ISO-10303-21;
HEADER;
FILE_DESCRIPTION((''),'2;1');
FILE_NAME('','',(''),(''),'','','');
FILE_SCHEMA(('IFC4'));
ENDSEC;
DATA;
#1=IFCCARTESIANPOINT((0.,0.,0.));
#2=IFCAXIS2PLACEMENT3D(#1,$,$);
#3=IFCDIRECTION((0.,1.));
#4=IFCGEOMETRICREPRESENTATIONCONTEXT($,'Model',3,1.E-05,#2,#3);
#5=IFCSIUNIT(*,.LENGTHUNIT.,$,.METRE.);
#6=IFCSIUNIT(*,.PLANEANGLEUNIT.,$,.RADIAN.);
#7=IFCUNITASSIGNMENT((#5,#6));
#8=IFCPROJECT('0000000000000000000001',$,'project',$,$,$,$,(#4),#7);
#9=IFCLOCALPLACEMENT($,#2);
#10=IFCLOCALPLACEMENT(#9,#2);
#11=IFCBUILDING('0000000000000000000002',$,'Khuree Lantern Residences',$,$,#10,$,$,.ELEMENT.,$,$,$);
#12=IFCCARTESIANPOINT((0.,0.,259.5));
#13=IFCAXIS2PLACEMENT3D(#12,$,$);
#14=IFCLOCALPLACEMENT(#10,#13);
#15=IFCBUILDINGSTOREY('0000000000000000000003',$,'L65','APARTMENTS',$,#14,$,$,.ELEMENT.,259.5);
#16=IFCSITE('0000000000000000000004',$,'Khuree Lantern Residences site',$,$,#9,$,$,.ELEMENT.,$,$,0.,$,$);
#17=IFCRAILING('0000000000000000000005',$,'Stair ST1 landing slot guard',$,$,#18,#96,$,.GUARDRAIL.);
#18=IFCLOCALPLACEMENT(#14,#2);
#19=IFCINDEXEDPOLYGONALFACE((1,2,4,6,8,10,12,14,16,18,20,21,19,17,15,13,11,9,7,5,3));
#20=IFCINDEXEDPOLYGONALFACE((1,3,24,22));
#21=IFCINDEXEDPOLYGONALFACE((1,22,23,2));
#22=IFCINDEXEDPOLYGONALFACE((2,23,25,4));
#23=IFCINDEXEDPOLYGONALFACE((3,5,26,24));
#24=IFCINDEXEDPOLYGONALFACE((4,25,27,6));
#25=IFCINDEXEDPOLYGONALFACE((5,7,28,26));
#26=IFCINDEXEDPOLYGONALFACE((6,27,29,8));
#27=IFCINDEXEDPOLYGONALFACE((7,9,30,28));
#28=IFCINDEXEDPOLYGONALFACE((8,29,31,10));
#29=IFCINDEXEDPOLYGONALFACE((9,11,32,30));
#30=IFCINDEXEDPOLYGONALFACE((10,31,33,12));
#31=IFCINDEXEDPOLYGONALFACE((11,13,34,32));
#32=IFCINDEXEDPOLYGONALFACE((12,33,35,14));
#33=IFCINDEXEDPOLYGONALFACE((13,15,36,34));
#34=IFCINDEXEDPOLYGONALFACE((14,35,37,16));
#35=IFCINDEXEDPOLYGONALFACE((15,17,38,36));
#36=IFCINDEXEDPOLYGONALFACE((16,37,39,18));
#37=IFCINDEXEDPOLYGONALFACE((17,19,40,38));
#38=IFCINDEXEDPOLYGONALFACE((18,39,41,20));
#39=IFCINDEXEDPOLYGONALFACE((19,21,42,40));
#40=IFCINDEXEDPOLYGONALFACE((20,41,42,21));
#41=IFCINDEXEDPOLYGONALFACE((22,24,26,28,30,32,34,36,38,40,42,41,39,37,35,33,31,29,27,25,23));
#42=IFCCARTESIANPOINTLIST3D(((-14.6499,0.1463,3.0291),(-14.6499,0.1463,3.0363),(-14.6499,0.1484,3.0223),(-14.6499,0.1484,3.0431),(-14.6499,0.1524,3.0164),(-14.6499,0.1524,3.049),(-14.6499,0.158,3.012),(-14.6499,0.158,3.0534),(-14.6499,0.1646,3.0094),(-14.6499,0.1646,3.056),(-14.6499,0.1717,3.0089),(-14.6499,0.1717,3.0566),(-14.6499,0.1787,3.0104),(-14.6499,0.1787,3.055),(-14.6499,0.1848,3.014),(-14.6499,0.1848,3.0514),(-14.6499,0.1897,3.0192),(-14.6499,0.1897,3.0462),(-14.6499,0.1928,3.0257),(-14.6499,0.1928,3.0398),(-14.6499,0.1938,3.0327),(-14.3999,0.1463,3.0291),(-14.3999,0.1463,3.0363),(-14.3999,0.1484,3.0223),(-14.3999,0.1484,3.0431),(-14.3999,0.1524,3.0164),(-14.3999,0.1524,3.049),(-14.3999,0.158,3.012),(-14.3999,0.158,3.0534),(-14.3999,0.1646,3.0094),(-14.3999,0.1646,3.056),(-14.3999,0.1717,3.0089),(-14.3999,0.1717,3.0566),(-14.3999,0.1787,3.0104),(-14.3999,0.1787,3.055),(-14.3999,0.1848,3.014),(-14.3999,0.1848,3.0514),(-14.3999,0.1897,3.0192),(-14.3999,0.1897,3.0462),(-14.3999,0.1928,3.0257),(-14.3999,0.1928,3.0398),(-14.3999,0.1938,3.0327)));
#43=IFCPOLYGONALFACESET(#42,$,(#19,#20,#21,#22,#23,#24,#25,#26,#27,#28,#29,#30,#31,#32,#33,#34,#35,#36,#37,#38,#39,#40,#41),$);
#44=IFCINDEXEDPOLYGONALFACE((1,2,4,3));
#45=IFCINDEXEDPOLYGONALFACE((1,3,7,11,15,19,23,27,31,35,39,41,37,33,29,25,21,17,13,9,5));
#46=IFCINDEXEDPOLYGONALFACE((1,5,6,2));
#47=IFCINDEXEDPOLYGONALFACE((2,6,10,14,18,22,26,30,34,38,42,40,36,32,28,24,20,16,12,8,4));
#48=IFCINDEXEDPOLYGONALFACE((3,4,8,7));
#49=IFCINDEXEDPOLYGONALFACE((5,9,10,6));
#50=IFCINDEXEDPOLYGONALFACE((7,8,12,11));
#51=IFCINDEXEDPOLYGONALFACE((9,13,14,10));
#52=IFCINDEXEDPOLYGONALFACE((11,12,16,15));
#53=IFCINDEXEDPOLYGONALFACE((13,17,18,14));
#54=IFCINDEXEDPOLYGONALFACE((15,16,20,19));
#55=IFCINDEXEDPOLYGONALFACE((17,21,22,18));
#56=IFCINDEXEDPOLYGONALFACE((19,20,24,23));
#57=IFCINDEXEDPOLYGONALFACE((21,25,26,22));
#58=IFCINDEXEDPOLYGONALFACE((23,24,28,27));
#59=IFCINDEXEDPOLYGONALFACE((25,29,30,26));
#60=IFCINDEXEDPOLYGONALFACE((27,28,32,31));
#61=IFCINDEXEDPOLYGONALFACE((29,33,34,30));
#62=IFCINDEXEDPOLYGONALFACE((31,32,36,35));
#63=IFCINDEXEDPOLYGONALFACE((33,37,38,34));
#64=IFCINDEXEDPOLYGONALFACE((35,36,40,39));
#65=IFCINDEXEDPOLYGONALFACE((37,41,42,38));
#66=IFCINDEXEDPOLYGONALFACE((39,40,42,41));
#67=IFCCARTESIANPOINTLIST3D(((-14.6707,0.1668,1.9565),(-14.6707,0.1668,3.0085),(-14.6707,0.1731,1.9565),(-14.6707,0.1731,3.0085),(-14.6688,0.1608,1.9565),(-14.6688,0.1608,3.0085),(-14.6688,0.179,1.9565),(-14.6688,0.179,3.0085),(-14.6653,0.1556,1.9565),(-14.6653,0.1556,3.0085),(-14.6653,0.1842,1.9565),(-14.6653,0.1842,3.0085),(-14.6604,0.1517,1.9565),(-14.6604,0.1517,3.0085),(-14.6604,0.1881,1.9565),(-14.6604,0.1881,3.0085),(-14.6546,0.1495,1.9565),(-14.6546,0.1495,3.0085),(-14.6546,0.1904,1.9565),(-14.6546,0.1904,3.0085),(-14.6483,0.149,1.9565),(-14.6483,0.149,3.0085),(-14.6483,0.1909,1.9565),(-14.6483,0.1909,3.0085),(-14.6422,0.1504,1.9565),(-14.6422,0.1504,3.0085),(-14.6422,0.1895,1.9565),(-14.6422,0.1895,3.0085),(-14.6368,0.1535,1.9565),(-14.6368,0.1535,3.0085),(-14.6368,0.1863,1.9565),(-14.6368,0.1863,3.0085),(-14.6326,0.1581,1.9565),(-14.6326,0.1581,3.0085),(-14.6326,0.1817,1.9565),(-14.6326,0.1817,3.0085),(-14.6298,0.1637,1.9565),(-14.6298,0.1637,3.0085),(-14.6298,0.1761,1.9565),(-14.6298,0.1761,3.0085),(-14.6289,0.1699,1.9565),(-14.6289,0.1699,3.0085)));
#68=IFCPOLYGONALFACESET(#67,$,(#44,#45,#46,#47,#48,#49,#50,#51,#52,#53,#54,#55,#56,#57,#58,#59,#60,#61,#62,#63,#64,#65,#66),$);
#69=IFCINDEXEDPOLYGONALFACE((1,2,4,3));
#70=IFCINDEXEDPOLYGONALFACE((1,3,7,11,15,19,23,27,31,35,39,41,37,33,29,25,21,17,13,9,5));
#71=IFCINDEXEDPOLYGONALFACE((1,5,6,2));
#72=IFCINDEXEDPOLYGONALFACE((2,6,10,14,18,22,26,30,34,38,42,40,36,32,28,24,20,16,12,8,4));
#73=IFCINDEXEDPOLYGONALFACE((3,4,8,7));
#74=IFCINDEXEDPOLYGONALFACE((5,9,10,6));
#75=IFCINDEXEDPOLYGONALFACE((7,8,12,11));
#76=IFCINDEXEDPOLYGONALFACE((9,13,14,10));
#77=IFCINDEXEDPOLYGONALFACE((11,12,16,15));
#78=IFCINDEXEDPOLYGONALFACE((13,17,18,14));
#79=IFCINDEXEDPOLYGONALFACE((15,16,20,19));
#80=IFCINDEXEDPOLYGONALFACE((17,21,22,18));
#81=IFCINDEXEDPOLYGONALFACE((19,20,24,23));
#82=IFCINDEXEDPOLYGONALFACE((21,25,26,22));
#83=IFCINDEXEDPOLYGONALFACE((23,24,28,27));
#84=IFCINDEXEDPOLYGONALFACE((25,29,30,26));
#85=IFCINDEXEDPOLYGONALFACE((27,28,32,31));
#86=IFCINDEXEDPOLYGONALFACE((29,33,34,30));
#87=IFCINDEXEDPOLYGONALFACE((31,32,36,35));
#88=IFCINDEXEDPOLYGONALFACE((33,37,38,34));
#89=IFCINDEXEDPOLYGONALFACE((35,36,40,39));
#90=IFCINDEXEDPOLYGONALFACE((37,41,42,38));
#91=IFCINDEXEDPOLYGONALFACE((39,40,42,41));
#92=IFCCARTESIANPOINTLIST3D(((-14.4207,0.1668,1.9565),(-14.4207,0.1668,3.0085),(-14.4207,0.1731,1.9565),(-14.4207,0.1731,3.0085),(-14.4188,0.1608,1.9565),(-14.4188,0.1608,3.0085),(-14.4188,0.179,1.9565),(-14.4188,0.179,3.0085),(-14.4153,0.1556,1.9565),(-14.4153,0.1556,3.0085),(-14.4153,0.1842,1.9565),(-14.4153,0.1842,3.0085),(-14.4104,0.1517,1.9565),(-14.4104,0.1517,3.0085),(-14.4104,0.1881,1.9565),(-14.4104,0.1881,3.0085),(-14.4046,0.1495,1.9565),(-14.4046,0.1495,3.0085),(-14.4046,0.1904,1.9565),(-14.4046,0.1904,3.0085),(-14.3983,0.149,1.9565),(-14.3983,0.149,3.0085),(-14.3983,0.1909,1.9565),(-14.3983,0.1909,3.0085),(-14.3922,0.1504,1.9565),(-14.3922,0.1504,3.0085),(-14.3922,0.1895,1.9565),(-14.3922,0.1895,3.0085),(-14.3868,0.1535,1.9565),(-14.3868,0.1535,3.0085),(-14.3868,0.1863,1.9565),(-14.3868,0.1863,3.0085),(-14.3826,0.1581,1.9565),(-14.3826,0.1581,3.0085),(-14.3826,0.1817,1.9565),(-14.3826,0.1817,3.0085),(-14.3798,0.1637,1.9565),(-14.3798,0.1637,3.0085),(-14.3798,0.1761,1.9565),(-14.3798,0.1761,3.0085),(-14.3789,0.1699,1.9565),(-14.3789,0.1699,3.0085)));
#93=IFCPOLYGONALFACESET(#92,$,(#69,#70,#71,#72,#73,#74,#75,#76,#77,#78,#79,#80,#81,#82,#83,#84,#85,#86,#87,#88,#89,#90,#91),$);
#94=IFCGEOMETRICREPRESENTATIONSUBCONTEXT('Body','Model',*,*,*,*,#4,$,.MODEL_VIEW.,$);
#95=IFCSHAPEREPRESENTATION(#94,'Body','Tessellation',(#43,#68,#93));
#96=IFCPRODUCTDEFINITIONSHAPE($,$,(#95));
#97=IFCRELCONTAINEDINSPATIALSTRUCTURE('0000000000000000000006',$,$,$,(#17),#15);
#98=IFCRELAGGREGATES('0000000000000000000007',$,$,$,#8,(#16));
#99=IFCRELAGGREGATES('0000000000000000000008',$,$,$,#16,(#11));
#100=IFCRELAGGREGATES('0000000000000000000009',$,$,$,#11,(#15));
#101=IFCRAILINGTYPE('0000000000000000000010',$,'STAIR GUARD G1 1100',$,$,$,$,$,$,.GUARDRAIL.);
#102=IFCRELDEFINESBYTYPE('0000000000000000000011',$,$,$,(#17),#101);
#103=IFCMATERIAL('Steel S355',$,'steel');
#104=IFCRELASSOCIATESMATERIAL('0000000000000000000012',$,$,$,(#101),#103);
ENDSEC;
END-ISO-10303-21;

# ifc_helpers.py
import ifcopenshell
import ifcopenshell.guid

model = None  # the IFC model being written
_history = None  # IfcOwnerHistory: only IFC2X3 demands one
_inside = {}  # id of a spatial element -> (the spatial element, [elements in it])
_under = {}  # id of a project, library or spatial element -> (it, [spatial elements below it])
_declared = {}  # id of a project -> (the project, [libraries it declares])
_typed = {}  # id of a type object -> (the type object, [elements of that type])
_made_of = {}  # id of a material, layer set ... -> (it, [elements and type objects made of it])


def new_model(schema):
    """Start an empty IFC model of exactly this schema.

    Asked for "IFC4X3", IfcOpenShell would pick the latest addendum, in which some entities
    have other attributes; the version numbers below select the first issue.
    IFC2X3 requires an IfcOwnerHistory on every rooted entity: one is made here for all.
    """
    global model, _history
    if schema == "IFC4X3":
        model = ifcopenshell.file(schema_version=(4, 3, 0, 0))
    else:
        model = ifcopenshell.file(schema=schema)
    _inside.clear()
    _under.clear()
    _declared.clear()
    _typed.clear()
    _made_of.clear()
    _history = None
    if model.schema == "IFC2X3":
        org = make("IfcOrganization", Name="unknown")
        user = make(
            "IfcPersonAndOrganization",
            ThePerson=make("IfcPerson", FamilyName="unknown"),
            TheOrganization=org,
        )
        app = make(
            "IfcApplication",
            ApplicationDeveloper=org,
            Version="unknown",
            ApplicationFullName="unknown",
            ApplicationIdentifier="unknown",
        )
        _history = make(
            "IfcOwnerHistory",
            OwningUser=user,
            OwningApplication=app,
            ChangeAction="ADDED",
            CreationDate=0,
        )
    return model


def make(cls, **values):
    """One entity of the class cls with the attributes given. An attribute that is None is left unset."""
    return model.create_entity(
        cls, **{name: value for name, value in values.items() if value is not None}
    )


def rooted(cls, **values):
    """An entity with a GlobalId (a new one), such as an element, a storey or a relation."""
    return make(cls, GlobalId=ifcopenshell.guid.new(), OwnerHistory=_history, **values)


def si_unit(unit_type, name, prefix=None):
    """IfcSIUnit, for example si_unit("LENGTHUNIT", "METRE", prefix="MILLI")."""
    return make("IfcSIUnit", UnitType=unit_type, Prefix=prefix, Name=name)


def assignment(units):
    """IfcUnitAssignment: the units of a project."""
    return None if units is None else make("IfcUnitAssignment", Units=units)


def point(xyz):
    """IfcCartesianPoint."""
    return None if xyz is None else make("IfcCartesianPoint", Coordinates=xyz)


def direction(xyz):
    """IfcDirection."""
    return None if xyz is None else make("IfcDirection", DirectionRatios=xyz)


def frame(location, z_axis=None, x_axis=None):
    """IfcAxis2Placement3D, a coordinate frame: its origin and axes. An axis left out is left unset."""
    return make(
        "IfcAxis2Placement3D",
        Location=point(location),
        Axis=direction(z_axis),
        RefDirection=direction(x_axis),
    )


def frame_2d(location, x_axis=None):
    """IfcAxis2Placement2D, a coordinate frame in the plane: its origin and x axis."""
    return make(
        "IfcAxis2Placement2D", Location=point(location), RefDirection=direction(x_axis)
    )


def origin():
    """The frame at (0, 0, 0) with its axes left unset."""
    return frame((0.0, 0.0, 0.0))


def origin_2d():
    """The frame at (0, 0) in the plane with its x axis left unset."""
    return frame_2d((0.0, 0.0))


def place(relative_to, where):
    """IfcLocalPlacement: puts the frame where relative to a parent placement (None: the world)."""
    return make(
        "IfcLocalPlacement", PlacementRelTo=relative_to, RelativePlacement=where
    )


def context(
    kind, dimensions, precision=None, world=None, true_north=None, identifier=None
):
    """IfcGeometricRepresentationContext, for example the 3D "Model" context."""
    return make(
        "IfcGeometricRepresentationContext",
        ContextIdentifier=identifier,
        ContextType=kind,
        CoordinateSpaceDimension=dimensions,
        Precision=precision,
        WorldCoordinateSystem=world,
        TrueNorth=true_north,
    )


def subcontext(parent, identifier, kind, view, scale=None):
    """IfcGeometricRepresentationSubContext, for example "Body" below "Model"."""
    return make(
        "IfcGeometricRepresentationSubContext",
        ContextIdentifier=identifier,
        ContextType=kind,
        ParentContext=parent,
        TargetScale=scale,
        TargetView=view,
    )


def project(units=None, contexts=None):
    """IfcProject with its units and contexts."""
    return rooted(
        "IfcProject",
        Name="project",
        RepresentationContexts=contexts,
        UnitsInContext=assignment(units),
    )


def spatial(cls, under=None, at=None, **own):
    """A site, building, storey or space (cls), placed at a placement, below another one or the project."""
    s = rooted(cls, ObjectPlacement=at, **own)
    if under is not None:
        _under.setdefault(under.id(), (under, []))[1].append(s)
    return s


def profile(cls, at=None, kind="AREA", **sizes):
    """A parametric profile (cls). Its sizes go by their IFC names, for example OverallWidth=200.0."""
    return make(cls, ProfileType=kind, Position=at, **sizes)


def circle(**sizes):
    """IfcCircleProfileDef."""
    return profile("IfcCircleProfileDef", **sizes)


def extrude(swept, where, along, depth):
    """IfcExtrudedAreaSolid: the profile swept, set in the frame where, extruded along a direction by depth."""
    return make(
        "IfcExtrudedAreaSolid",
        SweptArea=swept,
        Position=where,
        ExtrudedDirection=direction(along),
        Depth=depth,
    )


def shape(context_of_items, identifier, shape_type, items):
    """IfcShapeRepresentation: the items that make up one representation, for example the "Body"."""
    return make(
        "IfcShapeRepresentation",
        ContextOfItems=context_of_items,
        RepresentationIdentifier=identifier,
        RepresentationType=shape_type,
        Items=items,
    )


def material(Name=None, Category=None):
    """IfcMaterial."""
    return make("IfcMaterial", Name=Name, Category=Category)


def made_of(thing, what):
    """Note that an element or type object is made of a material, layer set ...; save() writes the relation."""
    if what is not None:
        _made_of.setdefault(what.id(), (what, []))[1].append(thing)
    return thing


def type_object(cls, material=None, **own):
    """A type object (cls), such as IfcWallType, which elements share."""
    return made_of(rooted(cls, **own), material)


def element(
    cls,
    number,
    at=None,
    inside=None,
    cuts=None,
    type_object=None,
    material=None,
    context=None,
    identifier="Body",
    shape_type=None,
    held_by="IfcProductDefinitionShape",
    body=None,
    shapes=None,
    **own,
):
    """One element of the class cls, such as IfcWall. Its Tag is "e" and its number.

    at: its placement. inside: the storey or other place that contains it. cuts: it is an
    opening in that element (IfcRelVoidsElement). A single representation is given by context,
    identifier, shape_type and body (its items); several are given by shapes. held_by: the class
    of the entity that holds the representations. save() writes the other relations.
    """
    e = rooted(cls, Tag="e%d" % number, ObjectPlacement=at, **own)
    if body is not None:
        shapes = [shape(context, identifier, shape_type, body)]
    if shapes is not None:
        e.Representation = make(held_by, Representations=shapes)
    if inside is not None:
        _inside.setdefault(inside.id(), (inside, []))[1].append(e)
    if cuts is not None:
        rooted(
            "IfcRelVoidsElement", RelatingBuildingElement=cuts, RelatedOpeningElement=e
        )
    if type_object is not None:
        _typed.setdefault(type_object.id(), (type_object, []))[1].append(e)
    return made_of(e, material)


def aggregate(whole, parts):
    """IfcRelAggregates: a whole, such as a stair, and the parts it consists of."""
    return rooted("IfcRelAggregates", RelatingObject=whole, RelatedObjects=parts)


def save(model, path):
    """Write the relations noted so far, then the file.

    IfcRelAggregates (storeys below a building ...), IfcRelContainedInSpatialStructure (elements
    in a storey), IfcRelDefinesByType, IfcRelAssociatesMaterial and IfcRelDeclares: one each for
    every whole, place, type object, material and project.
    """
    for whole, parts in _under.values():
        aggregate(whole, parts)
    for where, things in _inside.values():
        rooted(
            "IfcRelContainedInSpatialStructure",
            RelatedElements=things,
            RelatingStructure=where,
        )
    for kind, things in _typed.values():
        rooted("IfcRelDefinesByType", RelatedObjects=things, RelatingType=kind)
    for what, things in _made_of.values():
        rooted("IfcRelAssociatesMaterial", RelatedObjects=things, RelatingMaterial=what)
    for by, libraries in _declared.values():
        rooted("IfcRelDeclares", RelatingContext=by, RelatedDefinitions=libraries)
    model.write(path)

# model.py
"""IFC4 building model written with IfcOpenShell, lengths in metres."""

from ifc_helpers import new_model, si_unit, direction, frame, origin, origin_2d, place, context, subcontext, project, spatial, circle, extrude, material, type_object, element, save


model = new_model("IFC4")

# Units and contexts
model_context = context("Model", 3, precision=1e-05, world=origin(), true_north=direction((0.0, 1.0)))
body_context = subcontext(model_context, "Body", "Model", "MODEL_VIEW")
ifc_project = project(units=[si_unit("LENGTHUNIT", "METRE"), si_unit("PLANEANGLEUNIT", "RADIAN")], contexts=[model_context])

# Site, building, storey
site_placement = place(None, origin())
site = spatial("IfcSite", under=ifc_project, at=site_placement, Name="Khuree Lantern Residences site", CompositionType="ELEMENT", RefElevation=0.0)
building_placement = place(site_placement, origin())
building = spatial("IfcBuilding", under=site, at=building_placement, Name="Khuree Lantern Residences", CompositionType="ELEMENT")
storey_placement = place(building_placement, frame((0.0, 0.0, 259.5)))
storey = spatial("IfcBuildingStorey", under=building, at=storey_placement, Name="L65", Description="APARTMENTS", CompositionType="ELEMENT", Elevation=259.5)

# Railing
ifc_material_1 = material(Name="Steel S355", Category="steel")
railing_type = type_object("IfcRailingType", Name="STAIR GUARD G1 1100", PredefinedType="GUARDRAIL", material=ifc_material_1)
railing_placement = place(storey_placement, frame((-14.6499, 0.1699, 1.9565)))
element("IfcRailing", 1, at=railing_placement, inside=storey, type_object=railing_type, Name="Stair ST1 landing slot guard", PredefinedType="GUARDRAIL", context=body_context, shape_type="SweptSolid", body=[
    extrude(circle(Radius=0.0239, at=origin_2d()), frame((0.0, 0.0, 1.0762), z_axis=(1.0, 0.0, 0.0), x_axis=(0.0, 1.0, 0.0)), (0.0, 0.0, 1.0), 0.25),
    extrude(circle(Radius=0.021, at=origin_2d()), origin(), (0.0, 0.0, 1.0), 1.052),
    extrude(circle(Radius=0.021, at=origin_2d()), frame((0.25, 0.0, 0.0)), (0.0, 0.0, 1.0), 1.052),
])

save(model, "model.ifc")
